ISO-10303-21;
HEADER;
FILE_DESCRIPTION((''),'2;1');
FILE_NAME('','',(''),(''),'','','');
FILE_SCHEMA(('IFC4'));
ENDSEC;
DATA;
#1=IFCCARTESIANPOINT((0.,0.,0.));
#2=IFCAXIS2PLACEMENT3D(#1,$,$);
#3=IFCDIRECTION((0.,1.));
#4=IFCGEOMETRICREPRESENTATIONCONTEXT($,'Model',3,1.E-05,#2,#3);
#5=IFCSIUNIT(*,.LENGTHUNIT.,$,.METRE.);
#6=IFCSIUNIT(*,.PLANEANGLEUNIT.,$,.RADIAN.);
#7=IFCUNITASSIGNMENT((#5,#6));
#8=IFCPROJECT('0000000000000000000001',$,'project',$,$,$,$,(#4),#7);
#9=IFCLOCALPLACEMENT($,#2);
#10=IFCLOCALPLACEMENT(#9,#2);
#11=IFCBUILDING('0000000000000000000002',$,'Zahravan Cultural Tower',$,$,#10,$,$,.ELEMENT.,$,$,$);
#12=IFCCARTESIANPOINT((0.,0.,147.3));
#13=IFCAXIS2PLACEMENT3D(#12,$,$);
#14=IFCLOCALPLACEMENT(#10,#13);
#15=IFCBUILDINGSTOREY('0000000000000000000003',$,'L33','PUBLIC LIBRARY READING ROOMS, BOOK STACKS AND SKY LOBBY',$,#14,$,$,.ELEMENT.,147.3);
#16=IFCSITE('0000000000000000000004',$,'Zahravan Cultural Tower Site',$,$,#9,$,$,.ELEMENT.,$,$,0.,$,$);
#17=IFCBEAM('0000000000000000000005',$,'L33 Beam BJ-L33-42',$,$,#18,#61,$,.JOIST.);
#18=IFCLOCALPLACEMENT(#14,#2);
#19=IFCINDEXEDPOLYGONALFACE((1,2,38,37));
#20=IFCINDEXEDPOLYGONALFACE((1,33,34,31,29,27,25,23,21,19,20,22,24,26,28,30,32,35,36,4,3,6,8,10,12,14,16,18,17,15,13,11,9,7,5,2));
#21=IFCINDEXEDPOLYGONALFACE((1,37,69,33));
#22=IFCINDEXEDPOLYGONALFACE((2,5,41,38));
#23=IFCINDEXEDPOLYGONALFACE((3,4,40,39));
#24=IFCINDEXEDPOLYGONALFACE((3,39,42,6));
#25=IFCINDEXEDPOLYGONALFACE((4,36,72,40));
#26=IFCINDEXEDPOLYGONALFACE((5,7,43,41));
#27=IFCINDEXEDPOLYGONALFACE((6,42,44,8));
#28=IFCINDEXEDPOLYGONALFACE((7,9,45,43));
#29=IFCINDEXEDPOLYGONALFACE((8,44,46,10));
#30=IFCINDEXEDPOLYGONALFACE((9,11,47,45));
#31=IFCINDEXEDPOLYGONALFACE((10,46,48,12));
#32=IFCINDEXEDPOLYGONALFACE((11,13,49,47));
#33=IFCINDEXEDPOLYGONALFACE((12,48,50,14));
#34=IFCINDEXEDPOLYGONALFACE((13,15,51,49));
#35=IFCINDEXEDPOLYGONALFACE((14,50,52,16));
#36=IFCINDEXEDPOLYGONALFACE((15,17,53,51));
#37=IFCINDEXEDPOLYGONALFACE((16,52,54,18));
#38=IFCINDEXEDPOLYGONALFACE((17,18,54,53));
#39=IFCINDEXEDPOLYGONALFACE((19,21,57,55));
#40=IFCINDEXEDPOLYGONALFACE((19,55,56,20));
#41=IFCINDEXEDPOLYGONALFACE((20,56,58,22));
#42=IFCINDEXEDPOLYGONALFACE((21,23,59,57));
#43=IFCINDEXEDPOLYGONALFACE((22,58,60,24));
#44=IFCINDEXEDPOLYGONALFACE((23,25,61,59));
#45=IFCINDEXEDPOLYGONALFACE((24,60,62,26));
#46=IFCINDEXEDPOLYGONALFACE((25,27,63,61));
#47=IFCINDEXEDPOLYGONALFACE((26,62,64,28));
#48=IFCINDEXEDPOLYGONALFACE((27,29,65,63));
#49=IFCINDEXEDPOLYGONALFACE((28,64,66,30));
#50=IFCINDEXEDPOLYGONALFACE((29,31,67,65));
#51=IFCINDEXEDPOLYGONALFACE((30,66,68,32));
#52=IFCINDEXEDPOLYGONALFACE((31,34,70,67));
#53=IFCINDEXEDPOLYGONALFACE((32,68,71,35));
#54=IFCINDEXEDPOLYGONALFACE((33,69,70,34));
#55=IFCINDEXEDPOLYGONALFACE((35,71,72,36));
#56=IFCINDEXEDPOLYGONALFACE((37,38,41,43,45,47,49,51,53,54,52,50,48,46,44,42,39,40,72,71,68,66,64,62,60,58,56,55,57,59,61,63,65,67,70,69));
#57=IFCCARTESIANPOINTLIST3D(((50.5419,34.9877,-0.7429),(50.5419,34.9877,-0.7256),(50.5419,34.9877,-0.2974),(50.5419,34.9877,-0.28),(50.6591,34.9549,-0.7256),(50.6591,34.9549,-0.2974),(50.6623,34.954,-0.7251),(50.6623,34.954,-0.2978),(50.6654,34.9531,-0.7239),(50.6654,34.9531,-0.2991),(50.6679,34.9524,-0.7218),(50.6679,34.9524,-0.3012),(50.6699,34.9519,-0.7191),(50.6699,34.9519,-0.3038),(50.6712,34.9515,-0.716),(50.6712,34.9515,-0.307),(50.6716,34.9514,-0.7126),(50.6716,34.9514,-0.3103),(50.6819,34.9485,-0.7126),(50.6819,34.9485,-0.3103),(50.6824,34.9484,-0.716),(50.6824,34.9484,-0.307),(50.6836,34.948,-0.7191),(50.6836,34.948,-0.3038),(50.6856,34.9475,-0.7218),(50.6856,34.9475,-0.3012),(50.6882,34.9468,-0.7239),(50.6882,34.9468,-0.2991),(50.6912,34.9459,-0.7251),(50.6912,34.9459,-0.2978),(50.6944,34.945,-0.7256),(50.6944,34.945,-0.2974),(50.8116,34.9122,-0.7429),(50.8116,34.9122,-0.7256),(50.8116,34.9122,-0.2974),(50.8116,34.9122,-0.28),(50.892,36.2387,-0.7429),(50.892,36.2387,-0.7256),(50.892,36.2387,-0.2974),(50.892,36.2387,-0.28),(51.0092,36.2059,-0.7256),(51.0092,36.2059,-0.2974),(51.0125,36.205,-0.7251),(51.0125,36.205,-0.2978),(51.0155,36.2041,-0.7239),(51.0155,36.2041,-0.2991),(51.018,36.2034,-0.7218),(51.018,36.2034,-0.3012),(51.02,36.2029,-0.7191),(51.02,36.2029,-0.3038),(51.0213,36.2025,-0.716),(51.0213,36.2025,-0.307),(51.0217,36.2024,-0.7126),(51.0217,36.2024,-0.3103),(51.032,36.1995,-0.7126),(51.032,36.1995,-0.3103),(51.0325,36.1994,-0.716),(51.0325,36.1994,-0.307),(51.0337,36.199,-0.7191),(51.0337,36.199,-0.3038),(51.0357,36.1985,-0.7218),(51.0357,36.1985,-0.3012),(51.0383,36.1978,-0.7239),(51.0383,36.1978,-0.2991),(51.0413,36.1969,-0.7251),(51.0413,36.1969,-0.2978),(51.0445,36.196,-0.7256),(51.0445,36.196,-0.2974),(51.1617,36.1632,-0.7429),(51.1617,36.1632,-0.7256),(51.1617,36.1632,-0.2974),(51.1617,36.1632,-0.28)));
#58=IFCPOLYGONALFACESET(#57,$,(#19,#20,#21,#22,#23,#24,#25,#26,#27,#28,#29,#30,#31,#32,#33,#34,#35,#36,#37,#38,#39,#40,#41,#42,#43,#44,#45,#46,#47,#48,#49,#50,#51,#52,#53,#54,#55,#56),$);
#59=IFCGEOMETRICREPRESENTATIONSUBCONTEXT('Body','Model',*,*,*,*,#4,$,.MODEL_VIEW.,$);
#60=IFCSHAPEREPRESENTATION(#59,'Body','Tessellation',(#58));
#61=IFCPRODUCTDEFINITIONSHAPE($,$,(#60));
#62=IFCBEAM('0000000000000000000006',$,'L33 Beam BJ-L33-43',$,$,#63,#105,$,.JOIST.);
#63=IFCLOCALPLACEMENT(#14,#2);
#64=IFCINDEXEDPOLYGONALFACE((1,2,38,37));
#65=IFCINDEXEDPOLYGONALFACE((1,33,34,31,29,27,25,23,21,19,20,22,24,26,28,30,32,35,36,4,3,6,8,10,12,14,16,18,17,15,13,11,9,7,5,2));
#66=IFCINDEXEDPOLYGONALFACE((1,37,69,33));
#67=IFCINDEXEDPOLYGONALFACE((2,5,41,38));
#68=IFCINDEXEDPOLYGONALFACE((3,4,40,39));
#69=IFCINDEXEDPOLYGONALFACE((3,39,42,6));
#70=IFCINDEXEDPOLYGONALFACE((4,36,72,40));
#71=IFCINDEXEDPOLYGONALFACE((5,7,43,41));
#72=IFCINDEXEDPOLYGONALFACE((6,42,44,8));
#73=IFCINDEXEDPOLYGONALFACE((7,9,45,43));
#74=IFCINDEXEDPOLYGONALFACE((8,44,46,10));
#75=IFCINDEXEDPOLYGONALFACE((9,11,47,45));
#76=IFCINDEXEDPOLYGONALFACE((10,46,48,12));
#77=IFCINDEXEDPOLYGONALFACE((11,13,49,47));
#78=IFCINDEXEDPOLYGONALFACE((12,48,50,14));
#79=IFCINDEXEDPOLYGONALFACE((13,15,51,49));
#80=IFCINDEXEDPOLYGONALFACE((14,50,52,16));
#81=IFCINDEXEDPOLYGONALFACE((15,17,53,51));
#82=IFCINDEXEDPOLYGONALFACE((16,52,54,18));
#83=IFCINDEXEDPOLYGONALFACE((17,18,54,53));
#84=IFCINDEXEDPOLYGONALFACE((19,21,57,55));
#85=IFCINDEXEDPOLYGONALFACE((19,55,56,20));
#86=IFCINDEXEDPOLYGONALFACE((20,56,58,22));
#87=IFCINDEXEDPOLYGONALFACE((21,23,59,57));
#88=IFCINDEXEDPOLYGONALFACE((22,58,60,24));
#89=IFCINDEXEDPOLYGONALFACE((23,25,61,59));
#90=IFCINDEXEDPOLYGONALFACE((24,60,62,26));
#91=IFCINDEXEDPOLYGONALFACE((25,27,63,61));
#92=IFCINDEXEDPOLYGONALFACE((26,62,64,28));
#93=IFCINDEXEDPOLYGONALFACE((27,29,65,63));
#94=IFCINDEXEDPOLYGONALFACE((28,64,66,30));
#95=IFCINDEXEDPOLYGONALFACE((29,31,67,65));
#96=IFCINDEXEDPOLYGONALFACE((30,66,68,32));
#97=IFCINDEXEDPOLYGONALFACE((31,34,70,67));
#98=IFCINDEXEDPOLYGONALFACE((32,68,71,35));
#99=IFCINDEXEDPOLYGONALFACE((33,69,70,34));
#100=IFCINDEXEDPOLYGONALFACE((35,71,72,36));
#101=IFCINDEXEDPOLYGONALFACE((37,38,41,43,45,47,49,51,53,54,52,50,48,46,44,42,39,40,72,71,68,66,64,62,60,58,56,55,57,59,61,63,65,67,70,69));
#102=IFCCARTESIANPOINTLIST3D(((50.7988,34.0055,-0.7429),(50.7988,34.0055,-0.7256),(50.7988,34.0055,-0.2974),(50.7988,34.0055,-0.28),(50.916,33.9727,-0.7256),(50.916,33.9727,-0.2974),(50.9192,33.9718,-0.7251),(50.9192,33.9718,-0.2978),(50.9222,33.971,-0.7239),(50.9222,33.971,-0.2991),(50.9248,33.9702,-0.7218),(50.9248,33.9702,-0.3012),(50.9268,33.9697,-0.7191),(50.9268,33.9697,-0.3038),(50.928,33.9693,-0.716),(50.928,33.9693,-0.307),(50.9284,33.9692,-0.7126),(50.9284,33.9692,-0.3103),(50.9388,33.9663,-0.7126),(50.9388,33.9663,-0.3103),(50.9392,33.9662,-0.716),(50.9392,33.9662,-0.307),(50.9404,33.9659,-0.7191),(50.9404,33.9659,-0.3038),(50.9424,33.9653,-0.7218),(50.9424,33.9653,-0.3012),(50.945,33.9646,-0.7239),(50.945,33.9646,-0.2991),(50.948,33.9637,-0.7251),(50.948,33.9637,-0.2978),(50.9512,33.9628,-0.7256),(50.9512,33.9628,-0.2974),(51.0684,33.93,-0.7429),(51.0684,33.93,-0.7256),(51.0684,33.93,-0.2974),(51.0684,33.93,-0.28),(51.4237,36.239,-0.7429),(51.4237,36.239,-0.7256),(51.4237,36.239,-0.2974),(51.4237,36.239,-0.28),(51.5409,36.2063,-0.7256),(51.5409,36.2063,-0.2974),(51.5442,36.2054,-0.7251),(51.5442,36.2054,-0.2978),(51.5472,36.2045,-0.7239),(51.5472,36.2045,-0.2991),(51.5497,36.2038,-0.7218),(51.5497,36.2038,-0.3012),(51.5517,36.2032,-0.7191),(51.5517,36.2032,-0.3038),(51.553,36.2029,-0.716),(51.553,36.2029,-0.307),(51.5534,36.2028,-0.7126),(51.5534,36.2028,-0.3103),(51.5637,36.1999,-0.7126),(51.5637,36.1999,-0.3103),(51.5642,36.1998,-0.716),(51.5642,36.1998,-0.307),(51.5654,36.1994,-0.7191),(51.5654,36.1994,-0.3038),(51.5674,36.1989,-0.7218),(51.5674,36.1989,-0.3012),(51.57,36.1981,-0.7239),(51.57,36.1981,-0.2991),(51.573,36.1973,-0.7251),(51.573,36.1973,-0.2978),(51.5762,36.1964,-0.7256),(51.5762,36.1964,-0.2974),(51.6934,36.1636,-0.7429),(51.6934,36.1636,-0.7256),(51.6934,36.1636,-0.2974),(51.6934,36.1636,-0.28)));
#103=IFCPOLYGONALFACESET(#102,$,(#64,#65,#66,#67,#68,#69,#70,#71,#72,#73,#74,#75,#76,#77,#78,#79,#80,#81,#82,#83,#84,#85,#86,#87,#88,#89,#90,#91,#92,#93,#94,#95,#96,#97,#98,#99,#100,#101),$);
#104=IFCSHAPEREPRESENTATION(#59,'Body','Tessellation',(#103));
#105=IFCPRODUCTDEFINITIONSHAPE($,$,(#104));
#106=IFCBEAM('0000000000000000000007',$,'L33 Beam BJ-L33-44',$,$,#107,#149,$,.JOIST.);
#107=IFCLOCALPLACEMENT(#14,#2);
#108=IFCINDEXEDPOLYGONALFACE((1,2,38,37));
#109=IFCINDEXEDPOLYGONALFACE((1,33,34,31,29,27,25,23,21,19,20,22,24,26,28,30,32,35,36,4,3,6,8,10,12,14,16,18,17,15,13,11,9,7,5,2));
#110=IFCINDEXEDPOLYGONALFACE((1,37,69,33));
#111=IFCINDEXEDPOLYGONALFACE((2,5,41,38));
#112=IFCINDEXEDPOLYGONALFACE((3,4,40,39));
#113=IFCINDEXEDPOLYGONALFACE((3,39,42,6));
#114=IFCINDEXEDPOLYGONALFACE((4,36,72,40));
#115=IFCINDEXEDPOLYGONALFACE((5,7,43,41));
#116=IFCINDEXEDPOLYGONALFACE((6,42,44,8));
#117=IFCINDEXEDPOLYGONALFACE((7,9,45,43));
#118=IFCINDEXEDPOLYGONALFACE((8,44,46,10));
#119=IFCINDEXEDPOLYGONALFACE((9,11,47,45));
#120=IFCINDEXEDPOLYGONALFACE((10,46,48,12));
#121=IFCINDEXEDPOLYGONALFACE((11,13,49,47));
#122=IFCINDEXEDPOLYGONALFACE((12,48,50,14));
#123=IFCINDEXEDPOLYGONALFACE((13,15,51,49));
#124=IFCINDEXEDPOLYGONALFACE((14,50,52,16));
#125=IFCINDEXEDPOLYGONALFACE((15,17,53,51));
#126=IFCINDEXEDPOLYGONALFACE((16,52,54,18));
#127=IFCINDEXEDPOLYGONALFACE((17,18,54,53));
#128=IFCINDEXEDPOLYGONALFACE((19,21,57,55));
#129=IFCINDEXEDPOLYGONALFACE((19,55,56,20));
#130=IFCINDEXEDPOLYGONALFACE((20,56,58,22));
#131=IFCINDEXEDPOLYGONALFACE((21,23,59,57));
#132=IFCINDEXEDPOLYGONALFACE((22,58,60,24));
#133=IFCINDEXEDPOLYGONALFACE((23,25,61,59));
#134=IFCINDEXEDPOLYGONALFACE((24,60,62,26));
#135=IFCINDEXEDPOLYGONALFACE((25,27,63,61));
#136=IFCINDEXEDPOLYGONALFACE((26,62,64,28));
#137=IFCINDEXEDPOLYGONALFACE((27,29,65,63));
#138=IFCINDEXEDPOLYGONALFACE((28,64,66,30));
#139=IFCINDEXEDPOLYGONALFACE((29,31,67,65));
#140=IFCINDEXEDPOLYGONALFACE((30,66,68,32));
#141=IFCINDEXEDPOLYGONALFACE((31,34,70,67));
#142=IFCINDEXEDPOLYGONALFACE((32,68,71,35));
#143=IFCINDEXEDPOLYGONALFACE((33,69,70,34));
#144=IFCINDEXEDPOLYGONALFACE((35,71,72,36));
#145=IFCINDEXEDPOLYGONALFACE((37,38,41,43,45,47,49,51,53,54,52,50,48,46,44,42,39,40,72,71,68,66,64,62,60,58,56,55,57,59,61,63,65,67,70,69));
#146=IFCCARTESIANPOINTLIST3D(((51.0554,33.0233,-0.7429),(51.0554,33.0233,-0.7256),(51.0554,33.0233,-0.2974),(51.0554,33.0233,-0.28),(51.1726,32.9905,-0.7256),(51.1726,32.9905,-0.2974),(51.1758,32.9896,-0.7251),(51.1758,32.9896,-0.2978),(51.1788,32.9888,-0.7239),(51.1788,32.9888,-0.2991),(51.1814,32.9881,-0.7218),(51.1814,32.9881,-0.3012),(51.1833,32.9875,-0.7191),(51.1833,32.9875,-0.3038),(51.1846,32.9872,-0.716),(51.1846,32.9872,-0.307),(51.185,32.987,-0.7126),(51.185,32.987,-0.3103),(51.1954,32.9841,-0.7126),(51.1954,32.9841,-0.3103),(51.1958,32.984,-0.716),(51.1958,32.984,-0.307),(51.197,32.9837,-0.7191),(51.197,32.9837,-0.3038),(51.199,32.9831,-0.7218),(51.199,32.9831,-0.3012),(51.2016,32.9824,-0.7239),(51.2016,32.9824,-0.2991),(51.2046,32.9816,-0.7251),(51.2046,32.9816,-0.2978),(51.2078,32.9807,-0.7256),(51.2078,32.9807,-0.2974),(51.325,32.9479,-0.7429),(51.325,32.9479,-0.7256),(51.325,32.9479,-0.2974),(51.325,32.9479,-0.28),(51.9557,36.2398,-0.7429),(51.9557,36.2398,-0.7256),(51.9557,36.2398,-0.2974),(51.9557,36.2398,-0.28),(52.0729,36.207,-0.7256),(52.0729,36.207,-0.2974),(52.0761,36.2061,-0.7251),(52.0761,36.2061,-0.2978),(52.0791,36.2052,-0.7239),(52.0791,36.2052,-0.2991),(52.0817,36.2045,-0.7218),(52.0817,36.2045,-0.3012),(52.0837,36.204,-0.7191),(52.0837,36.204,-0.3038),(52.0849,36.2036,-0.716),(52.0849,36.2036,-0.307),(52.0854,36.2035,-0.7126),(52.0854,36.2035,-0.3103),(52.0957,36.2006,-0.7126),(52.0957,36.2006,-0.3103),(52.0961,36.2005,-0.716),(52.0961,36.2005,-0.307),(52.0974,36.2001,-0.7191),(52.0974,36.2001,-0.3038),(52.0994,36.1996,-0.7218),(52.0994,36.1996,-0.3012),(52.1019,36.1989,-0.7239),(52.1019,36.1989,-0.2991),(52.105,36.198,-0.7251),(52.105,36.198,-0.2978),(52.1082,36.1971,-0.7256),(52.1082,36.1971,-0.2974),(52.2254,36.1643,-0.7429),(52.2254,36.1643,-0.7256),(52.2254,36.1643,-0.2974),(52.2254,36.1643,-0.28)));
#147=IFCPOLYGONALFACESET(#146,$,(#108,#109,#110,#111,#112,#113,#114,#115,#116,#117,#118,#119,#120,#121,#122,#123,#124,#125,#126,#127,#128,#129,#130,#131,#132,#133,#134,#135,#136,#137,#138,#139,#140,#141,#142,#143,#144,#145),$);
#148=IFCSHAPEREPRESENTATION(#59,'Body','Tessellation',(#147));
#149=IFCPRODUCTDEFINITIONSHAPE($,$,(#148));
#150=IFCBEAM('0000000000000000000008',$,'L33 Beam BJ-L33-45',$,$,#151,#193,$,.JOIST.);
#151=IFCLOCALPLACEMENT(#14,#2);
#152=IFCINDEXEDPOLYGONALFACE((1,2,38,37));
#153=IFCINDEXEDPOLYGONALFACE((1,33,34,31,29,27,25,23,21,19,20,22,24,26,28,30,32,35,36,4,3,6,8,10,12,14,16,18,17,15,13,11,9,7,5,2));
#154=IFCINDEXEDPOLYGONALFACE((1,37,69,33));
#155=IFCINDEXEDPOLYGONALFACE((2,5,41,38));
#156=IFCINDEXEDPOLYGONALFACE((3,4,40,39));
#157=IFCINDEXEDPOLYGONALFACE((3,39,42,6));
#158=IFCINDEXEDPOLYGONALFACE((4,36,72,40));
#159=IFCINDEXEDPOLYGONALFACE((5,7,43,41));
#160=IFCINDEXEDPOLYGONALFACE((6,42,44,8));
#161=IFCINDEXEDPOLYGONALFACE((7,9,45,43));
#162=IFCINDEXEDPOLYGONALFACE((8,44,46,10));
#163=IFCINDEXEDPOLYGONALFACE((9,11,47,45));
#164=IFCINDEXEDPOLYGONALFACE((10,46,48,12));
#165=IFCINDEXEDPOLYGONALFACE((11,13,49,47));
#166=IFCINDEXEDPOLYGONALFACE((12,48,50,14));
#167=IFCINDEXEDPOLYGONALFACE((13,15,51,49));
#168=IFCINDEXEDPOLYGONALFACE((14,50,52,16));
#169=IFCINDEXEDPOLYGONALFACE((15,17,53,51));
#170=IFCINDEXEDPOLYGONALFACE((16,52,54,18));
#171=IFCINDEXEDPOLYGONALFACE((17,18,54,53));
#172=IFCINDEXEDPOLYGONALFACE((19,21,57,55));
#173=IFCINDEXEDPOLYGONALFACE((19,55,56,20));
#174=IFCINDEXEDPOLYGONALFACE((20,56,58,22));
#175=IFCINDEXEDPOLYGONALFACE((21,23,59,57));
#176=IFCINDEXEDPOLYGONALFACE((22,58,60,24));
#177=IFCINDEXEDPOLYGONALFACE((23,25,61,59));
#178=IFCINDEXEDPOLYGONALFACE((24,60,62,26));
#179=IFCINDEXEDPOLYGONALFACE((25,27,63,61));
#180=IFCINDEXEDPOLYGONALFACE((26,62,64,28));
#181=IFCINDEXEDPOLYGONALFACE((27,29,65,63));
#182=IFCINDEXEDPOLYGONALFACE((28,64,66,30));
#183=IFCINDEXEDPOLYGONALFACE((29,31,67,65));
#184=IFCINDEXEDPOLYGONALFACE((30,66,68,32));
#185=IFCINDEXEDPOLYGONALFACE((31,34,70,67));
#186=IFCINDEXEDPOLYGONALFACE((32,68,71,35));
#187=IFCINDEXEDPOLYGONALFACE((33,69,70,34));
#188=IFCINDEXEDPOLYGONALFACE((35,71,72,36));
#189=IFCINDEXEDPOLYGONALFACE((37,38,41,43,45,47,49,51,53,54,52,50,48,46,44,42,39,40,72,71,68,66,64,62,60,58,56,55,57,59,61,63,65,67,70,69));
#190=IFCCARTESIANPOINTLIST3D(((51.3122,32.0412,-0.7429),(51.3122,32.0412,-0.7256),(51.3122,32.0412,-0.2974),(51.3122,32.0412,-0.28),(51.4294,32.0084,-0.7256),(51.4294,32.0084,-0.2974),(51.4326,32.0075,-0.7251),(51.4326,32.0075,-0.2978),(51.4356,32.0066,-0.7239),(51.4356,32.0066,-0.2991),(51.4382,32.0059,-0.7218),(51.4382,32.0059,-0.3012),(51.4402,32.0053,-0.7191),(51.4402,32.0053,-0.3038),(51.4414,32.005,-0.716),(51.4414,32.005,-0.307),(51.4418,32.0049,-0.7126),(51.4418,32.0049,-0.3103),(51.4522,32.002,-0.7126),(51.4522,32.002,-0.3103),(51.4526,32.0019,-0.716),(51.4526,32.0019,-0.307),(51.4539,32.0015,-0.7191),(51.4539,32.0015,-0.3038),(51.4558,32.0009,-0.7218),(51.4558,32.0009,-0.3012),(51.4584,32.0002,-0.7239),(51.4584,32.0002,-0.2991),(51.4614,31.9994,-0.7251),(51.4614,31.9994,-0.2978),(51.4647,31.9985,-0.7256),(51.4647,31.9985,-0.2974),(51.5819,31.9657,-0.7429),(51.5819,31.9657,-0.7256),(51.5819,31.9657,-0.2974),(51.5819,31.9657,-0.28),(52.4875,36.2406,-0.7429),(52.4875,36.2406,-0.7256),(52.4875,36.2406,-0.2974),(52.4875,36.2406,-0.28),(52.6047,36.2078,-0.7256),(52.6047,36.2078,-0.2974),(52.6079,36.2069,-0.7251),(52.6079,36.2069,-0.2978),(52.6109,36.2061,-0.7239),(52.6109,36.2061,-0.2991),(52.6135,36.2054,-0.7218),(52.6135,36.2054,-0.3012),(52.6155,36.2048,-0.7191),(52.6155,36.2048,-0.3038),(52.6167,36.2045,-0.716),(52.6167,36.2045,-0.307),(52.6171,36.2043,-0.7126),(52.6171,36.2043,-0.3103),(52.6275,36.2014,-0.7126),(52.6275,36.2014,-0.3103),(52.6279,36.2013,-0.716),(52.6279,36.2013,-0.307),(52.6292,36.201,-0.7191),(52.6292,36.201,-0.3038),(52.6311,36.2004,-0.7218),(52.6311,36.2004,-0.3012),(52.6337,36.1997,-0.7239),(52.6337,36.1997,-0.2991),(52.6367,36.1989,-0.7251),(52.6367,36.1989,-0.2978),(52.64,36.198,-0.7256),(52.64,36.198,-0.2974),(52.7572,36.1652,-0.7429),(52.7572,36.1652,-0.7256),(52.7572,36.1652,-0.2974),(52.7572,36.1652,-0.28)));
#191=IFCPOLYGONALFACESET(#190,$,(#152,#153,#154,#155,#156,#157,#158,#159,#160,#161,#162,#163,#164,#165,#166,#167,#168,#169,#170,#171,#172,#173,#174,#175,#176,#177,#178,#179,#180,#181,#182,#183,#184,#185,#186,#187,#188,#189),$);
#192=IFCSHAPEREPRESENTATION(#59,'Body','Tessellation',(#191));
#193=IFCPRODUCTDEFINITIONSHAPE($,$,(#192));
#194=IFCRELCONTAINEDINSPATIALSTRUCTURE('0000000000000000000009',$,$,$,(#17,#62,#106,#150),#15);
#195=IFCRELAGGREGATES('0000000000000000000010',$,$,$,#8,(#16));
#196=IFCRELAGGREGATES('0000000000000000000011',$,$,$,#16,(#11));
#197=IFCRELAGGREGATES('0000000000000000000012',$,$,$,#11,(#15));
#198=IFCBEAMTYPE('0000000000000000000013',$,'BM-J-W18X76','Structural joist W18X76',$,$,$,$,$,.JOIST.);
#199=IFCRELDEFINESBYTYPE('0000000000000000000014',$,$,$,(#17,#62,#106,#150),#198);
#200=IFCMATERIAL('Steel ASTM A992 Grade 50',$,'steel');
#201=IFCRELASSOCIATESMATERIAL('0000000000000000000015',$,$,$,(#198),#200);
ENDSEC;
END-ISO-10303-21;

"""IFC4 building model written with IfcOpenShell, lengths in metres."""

from ifc_helpers import new_model, si_unit, direction, frame, origin, origin_2d, place, context, subcontext, project, spatial, i_section, extrude, source, transform, mapped, material, material_profile, profile_set, type_object, element, save


model = new_model("IFC4")

# Units and contexts
model_context = context("Model", 3, precision=1e-05, world=origin(), true_north=direction((0.0, 1.0)))
body_context = subcontext(model_context, "Body", "Model", "MODEL_VIEW")
ifc_project = project(units=[si_unit("LENGTHUNIT", "METRE"), si_unit("PLANEANGLEUNIT", "RADIAN")], contexts=[model_context])

# Site, building, storey
site_placement = place(None, origin())
site = spatial("IfcSite", under=ifc_project, at=site_placement, Name="Zahravan Cultural Tower Site", CompositionType="ELEMENT", RefElevation=0.0)
building_placement = place(site_placement, origin())
building = spatial("IfcBuilding", under=site, at=building_placement, Name="Zahravan Cultural Tower", CompositionType="ELEMENT")
storey_placement = place(building_placement, frame((0.0, 0.0, 147.3)))
storey = spatial("IfcBuildingStorey", under=building, at=storey_placement, Name="L33", Description="PUBLIC LIBRARY READING ROOMS, BOOK STACKS AND SKY LOBBY", CompositionType="ELEMENT", Elevation=147.3)

# Shared definitions
ifc_material_1 = material(Name="Steel ASTM A992 Grade 50", Category="steel")

# Beams
ifc_material_profile_1 = material_profile(ifc_material_1, i_section(OverallWidth=0.28, OverallDepth=0.4629, WebThickness=0.0107, FlangeThickness=0.0173, FilletRadius=0.0129, at=origin_2d()), Name="W18X76")
ifc_profile_set_1 = profile_set([ifc_material_profile_1], Name="Steel ASTM A992 Grade 50")
beam_type_1 = type_object("IfcBeamType", Name="BM-J-W18X76", Description="Structural joist W18X76", PredefinedType="JOIST", material=ifc_profile_set_1)
shared_shape_1 = source(origin(), body_context, "Body", "SweptSolid", [
    extrude(i_section(OverallWidth=0.28, OverallDepth=0.4629, WebThickness=0.0107, FlangeThickness=0.0173, FilletRadius=0.0129, at=origin_2d()), origin(), (0.0, 0.0, 1.0), 1.2991),
])
beam_1_placement = place(storey_placement, frame((50.6768, 34.95, -0.5115), z_axis=(0.269504, 0.962999, 0.0), x_axis=(-0.962999, 0.269504, 0.0)))
element("IfcBeam", 1, at=beam_1_placement, inside=storey, type_object=beam_type_1, Name="L33 Beam BJ-L33-42", PredefinedType="JOIST", context=body_context, shape_type="MappedRepresentation", body=[
    mapped(shared_shape_1, transform((0.0, 0.0, 0.0), x_axis=(1.0, 0.0, 0.0), y_axis=(0.0, 1.0, 0.0), z_axis=(0.0, 0.0, 1.0), scale=1.0)),
])
shared_shape_2 = source(origin(), body_context, "Body", "SweptSolid", [
    extrude(i_section(OverallWidth=0.28, OverallDepth=0.4629, WebThickness=0.0107, FlangeThickness=0.0173, FilletRadius=0.0129, at=origin_2d()), origin(), (0.0, 0.0, 1.0), 2.3193),
])
beam_2_placement = place(storey_placement, frame((50.9336, 33.9678, -0.5115), z_axis=(0.269462, 0.963011, 0.0), x_axis=(-0.963011, 0.269462, 0.0)))
element("IfcBeam", 2, at=beam_2_placement, inside=storey, type_object=beam_type_1, Name="L33 Beam BJ-L33-43", PredefinedType="JOIST", context=body_context, shape_type="MappedRepresentation", body=[
    mapped(shared_shape_2, transform((0.0, 0.0, 0.0), x_axis=(1.0, 0.0, 0.0), y_axis=(0.0, 1.0, 0.0), z_axis=(0.0, 0.0, 1.0), scale=1.0)),
])
shared_shape_3 = source(origin(), body_context, "Body", "SweptSolid", [
    extrude(i_section(OverallWidth=0.28, OverallDepth=0.4629, WebThickness=0.0107, FlangeThickness=0.0173, FilletRadius=0.0129, at=origin_2d()), origin(), (0.0, 0.0, 1.0), 3.3401),
])
beam_3_placement = place(storey_placement, frame((51.1902, 32.9856, -0.5115), z_axis=(0.269562, 0.962983, 0.0), x_axis=(-0.962983, 0.269562, 0.0)))
element("IfcBeam", 3, at=beam_3_placement, inside=storey, type_object=beam_type_1, Name="L33 Beam BJ-L33-44", PredefinedType="JOIST", context=body_context, shape_type="MappedRepresentation", body=[
    mapped(shared_shape_3, transform((0.0, 0.0, 0.0), x_axis=(1.0, 0.0, 0.0), y_axis=(0.0, 1.0, 0.0), z_axis=(0.0, 0.0, 1.0), scale=1.0)),
])
shared_shape_4 = source(origin(), body_context, "Body", "SweptSolid", [
    extrude(i_section(OverallWidth=0.28, OverallDepth=0.4629, WebThickness=0.0107, FlangeThickness=0.0173, FilletRadius=0.0129, at=origin_2d()), origin(), (0.0, 0.0, 1.0), 4.3608),
])
beam_4_placement = place(storey_placement, frame((51.447, 32.0034, -0.5115), z_axis=(0.269512, 0.962997, 0.0), x_axis=(-0.962997, 0.269512, 0.0)))
element("IfcBeam", 4, at=beam_4_placement, inside=storey, type_object=beam_type_1, Name="L33 Beam BJ-L33-45", PredefinedType="JOIST", context=body_context, shape_type="MappedRepresentation", body=[
    mapped(shared_shape_4, transform((0.0, 0.0, 0.0), x_axis=(1.0, 0.0, 0.0), y_axis=(0.0, 1.0, 0.0), z_axis=(0.0, 0.0, 1.0), scale=1.0)),
])

save(model, "model.ifc")
